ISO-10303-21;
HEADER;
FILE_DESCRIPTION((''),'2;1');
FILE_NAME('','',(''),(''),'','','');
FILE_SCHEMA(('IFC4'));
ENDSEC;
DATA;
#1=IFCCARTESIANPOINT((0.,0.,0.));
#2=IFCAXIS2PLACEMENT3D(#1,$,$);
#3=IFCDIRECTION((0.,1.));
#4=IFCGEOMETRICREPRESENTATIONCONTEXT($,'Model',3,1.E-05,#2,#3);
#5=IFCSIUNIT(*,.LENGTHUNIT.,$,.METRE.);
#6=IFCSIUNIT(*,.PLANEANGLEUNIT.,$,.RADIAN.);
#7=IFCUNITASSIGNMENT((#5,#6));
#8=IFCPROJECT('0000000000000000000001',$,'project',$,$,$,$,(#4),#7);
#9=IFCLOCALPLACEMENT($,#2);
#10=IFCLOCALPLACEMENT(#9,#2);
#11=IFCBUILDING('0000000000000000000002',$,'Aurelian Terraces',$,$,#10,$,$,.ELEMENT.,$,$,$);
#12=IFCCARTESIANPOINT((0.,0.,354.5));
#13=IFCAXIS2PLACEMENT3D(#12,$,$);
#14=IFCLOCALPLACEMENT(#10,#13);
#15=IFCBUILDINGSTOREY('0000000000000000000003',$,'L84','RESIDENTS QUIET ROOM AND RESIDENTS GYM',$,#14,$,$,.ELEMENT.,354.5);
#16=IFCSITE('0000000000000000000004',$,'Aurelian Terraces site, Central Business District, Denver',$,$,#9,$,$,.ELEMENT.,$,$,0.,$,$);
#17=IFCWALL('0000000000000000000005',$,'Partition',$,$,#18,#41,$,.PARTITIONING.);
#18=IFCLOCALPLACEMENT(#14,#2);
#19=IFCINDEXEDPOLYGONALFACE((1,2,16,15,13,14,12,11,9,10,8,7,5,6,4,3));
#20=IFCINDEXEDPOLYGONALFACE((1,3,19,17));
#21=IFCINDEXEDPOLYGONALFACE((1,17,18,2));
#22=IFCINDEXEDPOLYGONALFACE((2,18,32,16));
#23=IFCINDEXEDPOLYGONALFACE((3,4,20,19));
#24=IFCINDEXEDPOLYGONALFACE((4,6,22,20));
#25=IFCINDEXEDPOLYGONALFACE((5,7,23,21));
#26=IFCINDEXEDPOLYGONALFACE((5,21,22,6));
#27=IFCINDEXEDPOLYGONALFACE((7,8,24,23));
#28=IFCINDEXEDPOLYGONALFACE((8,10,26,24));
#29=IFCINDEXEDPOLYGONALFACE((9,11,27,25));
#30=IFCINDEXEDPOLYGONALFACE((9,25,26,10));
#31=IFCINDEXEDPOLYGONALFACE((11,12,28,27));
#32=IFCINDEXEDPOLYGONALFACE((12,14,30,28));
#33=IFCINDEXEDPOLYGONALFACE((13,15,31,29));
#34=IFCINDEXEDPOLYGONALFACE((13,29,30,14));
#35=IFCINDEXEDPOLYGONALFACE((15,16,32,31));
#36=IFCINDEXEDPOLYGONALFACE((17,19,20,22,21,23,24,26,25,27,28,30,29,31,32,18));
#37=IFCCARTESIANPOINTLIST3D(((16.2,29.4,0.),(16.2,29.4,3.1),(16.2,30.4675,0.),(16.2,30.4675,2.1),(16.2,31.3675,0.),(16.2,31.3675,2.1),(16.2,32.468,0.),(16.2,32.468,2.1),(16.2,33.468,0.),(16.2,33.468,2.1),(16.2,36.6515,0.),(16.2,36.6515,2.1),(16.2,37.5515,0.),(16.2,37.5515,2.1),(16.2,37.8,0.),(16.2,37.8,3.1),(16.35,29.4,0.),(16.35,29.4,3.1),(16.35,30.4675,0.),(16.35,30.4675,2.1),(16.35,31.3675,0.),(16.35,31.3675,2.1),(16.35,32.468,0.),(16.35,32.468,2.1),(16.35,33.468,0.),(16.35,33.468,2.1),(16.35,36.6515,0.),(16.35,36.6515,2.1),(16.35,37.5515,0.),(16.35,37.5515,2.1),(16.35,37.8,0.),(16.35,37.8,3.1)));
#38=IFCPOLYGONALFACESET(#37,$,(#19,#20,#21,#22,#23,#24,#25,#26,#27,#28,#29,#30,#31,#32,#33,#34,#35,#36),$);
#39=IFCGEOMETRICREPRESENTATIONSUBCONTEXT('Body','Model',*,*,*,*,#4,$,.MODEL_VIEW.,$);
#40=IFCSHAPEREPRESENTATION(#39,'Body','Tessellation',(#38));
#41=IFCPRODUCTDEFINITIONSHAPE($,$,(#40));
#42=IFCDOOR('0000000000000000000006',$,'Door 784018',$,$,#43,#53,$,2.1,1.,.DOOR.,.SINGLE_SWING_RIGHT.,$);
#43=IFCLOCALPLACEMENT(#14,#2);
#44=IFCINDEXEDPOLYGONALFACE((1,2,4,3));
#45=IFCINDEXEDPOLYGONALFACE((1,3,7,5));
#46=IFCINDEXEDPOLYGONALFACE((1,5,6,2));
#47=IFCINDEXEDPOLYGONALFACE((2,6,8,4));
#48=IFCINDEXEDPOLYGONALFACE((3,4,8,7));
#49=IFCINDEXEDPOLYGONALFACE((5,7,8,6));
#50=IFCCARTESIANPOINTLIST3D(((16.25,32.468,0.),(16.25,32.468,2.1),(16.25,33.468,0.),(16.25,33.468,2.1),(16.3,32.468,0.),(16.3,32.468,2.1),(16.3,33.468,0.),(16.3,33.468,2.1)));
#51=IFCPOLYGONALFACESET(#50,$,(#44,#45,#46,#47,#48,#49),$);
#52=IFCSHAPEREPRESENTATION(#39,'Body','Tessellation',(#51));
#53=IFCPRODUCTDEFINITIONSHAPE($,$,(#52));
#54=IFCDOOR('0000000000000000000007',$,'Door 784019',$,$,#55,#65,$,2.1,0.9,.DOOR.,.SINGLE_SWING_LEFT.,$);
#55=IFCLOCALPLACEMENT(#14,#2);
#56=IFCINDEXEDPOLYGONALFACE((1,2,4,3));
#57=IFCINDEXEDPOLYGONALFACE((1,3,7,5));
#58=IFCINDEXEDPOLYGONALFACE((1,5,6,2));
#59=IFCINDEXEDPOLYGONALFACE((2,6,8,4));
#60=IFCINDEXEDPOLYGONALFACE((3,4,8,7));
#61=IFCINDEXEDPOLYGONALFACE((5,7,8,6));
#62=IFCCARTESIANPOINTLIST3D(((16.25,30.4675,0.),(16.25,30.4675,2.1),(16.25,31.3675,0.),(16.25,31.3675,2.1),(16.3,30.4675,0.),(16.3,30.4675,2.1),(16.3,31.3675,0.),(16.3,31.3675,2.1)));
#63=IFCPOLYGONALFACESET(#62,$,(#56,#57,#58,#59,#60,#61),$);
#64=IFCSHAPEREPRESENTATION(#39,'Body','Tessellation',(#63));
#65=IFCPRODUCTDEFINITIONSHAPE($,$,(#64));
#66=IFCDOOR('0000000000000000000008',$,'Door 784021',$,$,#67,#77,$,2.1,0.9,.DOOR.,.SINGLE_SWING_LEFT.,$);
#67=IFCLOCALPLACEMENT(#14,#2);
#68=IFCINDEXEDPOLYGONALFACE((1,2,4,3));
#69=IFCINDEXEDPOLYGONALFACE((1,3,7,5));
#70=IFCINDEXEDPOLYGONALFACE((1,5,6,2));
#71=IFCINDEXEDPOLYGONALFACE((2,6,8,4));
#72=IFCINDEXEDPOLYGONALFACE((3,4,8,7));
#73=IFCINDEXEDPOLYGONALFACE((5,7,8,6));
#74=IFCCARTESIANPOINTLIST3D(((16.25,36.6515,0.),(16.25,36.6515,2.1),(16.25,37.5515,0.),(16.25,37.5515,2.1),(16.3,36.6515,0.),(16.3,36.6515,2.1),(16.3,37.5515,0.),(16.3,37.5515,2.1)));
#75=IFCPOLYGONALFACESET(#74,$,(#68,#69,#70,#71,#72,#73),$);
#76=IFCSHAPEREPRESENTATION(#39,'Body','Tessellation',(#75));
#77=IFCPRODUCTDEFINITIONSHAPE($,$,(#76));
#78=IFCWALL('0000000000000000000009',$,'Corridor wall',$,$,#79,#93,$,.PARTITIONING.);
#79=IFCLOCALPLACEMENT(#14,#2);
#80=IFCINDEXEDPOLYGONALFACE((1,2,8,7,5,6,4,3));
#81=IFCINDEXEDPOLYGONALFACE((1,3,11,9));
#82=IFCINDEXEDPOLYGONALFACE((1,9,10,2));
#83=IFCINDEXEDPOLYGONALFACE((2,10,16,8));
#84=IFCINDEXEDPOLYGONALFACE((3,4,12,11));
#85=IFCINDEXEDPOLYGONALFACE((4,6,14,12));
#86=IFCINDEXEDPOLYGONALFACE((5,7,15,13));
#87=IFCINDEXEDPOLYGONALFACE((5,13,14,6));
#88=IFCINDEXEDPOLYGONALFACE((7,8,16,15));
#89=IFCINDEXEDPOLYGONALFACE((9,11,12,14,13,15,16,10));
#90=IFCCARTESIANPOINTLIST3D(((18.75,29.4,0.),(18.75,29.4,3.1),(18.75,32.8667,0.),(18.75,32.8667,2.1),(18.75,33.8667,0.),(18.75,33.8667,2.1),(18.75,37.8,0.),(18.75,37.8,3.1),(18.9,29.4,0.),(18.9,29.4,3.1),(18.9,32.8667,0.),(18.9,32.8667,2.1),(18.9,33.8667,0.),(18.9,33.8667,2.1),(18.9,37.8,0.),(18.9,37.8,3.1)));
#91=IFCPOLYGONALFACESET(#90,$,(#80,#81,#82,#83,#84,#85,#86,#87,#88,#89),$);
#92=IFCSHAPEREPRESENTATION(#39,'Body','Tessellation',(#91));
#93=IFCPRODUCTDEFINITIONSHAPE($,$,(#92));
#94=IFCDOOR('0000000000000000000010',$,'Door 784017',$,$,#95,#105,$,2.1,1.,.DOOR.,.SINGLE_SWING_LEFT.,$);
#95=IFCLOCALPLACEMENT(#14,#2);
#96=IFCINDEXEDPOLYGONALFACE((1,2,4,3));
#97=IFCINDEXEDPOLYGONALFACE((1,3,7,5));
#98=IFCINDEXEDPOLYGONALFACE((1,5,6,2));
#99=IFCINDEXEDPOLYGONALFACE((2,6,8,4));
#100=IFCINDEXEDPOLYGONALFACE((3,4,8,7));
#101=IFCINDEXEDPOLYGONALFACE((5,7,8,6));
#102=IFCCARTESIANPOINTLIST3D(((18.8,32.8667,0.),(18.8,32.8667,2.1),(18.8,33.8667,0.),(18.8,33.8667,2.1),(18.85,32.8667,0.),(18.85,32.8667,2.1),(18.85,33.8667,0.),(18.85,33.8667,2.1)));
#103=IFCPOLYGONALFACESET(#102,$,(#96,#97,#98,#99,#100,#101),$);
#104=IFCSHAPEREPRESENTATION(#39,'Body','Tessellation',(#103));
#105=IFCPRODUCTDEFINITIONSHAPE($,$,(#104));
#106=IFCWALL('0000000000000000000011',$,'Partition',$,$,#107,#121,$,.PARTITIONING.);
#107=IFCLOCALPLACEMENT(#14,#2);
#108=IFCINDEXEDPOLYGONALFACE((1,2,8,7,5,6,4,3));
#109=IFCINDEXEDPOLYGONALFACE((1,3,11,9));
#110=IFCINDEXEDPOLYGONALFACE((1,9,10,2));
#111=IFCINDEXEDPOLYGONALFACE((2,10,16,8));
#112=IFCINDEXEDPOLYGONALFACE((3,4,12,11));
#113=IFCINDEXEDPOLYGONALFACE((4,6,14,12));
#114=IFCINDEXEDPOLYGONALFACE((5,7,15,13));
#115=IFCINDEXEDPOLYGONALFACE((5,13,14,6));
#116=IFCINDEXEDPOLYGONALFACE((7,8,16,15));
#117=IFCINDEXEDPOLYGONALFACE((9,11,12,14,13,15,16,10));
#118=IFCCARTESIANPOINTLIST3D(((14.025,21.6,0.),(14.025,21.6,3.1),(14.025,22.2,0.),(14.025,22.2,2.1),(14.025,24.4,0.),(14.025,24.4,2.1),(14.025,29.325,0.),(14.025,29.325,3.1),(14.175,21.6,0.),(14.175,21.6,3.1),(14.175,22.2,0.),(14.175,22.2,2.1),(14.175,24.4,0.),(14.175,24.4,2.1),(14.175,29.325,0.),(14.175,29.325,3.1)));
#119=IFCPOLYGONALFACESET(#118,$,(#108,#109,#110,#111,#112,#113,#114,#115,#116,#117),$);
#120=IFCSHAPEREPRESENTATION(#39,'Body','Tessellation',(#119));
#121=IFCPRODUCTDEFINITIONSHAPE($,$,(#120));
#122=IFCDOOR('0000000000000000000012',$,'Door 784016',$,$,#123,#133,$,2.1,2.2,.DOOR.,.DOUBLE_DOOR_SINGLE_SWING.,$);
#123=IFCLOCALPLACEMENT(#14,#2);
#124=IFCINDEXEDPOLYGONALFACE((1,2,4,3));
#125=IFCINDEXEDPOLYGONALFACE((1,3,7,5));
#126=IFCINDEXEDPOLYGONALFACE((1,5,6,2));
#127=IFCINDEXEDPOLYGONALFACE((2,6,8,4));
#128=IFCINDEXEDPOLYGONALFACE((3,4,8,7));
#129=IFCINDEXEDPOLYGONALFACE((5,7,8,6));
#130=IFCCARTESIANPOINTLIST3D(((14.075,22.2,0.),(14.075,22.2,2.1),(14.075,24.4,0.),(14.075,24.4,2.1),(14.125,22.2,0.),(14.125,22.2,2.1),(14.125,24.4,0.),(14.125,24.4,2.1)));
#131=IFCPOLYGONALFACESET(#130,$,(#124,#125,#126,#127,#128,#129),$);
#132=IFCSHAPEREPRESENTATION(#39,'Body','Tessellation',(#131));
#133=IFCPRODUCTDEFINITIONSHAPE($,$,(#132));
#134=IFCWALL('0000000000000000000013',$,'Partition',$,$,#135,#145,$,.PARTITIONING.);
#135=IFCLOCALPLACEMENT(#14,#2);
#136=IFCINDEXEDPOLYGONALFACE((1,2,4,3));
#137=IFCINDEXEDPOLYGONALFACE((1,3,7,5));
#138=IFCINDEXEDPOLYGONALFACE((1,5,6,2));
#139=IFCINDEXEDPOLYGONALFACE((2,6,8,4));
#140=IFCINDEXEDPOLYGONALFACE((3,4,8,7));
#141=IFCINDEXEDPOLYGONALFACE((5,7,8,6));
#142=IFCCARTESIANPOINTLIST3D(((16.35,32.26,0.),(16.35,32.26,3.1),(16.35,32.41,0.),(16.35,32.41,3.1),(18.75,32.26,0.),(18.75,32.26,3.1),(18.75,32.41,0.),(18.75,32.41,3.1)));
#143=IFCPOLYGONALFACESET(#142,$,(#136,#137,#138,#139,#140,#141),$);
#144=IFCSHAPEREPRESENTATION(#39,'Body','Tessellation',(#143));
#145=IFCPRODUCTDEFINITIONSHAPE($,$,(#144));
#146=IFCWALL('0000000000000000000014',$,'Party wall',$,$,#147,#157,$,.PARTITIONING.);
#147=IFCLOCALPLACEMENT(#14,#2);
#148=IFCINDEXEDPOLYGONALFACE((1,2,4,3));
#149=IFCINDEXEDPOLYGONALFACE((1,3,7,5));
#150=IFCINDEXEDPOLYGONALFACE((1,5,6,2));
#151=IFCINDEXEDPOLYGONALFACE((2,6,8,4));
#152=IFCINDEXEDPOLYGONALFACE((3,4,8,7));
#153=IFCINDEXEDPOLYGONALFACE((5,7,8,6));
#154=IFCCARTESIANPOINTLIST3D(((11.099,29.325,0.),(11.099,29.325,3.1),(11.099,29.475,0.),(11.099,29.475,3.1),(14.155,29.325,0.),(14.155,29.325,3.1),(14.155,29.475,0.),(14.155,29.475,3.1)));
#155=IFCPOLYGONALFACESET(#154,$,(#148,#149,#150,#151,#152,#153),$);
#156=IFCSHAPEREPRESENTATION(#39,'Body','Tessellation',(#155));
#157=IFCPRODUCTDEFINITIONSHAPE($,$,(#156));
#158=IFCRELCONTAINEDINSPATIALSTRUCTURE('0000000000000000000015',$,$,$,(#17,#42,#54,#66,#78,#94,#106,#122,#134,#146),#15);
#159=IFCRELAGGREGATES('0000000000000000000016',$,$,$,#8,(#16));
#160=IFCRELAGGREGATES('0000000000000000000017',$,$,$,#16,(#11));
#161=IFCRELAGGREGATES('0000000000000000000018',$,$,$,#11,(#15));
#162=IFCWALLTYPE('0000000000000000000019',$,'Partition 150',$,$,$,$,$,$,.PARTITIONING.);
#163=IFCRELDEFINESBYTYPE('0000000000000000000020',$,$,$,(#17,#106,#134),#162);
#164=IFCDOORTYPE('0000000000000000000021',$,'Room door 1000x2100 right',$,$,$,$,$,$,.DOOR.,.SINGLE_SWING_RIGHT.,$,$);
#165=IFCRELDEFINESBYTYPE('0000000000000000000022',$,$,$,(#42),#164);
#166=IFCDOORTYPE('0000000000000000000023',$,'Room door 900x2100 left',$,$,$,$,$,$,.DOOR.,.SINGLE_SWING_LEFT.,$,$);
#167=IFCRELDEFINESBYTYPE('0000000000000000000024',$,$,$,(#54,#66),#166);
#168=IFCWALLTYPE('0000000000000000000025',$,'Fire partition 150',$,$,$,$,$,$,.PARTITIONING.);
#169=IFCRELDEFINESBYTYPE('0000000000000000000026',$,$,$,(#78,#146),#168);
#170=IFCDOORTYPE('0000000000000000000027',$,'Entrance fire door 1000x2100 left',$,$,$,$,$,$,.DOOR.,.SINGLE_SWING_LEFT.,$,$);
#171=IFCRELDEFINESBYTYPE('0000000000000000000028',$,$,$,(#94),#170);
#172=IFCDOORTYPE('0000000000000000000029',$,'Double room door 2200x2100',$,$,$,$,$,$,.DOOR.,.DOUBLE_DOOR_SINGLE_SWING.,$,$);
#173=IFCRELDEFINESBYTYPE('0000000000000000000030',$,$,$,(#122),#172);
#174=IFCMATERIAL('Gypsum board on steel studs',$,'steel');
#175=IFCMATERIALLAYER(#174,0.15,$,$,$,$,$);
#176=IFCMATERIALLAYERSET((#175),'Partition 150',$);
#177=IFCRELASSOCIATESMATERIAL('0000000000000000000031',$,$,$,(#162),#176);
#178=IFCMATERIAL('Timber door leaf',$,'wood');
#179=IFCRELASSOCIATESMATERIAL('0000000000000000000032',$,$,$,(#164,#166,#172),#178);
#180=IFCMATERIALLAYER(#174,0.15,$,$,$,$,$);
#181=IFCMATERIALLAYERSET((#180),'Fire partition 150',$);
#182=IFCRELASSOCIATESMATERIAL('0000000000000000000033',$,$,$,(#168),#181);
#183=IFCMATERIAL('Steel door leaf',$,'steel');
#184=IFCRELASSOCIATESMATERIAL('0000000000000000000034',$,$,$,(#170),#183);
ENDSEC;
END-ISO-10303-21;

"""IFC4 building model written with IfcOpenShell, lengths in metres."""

from ifc_helpers import new_model, si_unit, direction, frame, frame_2d, origin, place, context, subcontext, project, spatial, rectangle, extrude, source, transform, mapped, material, layer, layer_set, type_object, element, fill, save


model = new_model("IFC4")

# Units and contexts
model_context = context("Model", 3, precision=1e-05, world=origin(), true_north=direction((0.0, 1.0)))
body_context = subcontext(model_context, "Body", "Model", "MODEL_VIEW")
ifc_project = project(units=[si_unit("LENGTHUNIT", "METRE"), si_unit("PLANEANGLEUNIT", "RADIAN")], contexts=[model_context])

# Site, building, storey
site_placement = place(None, origin())
site = spatial("IfcSite", under=ifc_project, at=site_placement, Name="Aurelian Terraces site, Central Business District, Denver", CompositionType="ELEMENT", RefElevation=0.0)
building_placement = place(site_placement, origin())
building = spatial("IfcBuilding", under=site, at=building_placement, Name="Aurelian Terraces", CompositionType="ELEMENT")
storey_placement = place(building_placement, frame((0.0, 0.0, 354.5)))
storey = spatial("IfcBuildingStorey", under=building, at=storey_placement, Name="L84", Description="RESIDENTS QUIET ROOM AND RESIDENTS GYM", CompositionType="ELEMENT", Elevation=354.5)

# Shared definitions
ifc_material_1 = material(Name="Gypsum board on steel studs", Category="steel")
ifc_layer_1 = layer(ifc_material_1, 0.15)
ifc_layer_set_1 = layer_set([ifc_layer_1], Name="Partition 150")
wall_type_1 = type_object("IfcWallType", Name="Partition 150", PredefinedType="PARTITIONING", material=ifc_layer_set_1)

# Wall, openings, doors
shared_shape_1 = source(origin(), body_context, "Body", "SweptSolid", [
    extrude(rectangle(XDim=8.4, YDim=0.15, at=frame_2d((4.2, 0.0))), origin(), (0.0, 0.0, 1.0), 3.1),
])
wall_1_placement = place(storey_placement, frame((16.275, 29.4, 0.0), z_axis=(0.0, 0.0, 1.0), x_axis=(0.0, 1.0, 0.0)))
wall_1 = element("IfcWall", 1, at=wall_1_placement, inside=storey, type_object=wall_type_1, Name="Partition", PredefinedType="PARTITIONING", context=body_context, shape_type="MappedRepresentation", body=[
    mapped(shared_shape_1, transform((0.0, 0.0, 0.0), scale=1.0)),
])
shared_shape_2 = source(origin(), body_context, "Body", "SweptSolid", [
    extrude(rectangle(XDim=1.0, YDim=2.1, at=frame_2d((0.5, 1.05))), frame((0.0, 0.085, 0.0), z_axis=(0.0, -1.0, 0.0), x_axis=(1.0, 0.0, 0.0)), (0.0, 0.0, 1.0), 0.17),
])
opening_1_placement = place(wall_1_placement, frame((3.068, 0.0, 0.0)))
opening_1 = element("IfcOpeningElement", 2, at=opening_1_placement, cuts=wall_1, PredefinedType="OPENING", context=body_context, shape_type="MappedRepresentation", body=[
    mapped(shared_shape_2, transform((0.0, 0.0, 0.0), scale=1.0)),
])
shared_shape_3 = source(origin(), body_context, "Body", "SweptSolid", [
    extrude(rectangle(XDim=0.9, YDim=2.1, at=frame_2d((0.45, 1.05))), frame((0.0, 0.085, 0.0), z_axis=(0.0, -1.0, 0.0), x_axis=(1.0, 0.0, 0.0)), (0.0, 0.0, 1.0), 0.17),
])
opening_2_placement = place(wall_1_placement, frame((1.0675, 0.0, 0.0)))
opening_2 = element("IfcOpeningElement", 3, at=opening_2_placement, cuts=wall_1, PredefinedType="OPENING", context=body_context, shape_type="MappedRepresentation", body=[
    mapped(shared_shape_3, transform((0.0, 0.0, 0.0), scale=1.0)),
])
opening_3_placement = place(wall_1_placement, frame((7.2515, 0.0, 0.0)))
opening_3 = element("IfcOpeningElement", 4, at=opening_3_placement, cuts=wall_1, PredefinedType="OPENING", context=body_context, shape_type="MappedRepresentation", body=[
    mapped(shared_shape_3, transform((0.0, 0.0, 0.0), scale=1.0)),
])
ifc_material_2 = material(Name="Timber door leaf", Category="wood")
door_type_1 = type_object("IfcDoorType", Name="Room door 1000x2100 right", OperationType="SINGLE_SWING_RIGHT", PredefinedType="DOOR", material=ifc_material_2)
shared_shape_4 = source(origin(), body_context, "Body", "SweptSolid", [
    extrude(rectangle(XDim=1.0, YDim=2.1, at=frame_2d((0.5, 1.05))), frame((0.0, 0.025, 0.0), z_axis=(0.0, -1.0, 0.0), x_axis=(1.0, 0.0, 0.0)), (0.0, 0.0, 1.0), 0.05),
])
door_1_placement = place(opening_1_placement, origin())
door_1 = element("IfcDoor", 5, at=door_1_placement, inside=storey, type_object=door_type_1, Name="Door 784018", OperationType="SINGLE_SWING_RIGHT", OverallHeight=2.1, OverallWidth=1.0, PredefinedType="DOOR", context=body_context, shape_type="MappedRepresentation", body=[
    mapped(shared_shape_4, transform((0.0, 0.0, 0.0), scale=1.0)),
])
fill(opening_1, door_1)
door_type_2 = type_object("IfcDoorType", Name="Room door 900x2100 left", OperationType="SINGLE_SWING_LEFT", PredefinedType="DOOR", material=ifc_material_2)
shared_shape_5 = source(origin(), body_context, "Body", "SweptSolid", [
    extrude(rectangle(XDim=0.9, YDim=2.1, at=frame_2d((0.45, 1.05))), frame((0.0, 0.025, 0.0), z_axis=(0.0, -1.0, 0.0), x_axis=(1.0, 0.0, 0.0)), (0.0, 0.0, 1.0), 0.05),
])
door_2_placement = place(opening_2_placement, origin())
door_2 = element("IfcDoor", 6, at=door_2_placement, inside=storey, type_object=door_type_2, Name="Door 784019", OperationType="SINGLE_SWING_LEFT", OverallHeight=2.1, OverallWidth=0.9, PredefinedType="DOOR", context=body_context, shape_type="MappedRepresentation", body=[
    mapped(shared_shape_5, transform((0.0, 0.0, 0.0), scale=1.0)),
])
fill(opening_2, door_2)
door_3_placement = place(opening_3_placement, origin())
door_3 = element("IfcDoor", 7, at=door_3_placement, inside=storey, type_object=door_type_2, Name="Door 784021", OperationType="SINGLE_SWING_LEFT", OverallHeight=2.1, OverallWidth=0.9, PredefinedType="DOOR", context=body_context, shape_type="MappedRepresentation", body=[
    mapped(shared_shape_5, transform((0.0, 0.0, 0.0), scale=1.0)),
])
fill(opening_3, door_3)

# Walls, openings, doors
ifc_layer_2 = layer(ifc_material_1, 0.15)
ifc_layer_set_2 = layer_set([ifc_layer_2], Name="Fire partition 150")
wall_type_2 = type_object("IfcWallType", Name="Fire partition 150", PredefinedType="PARTITIONING", material=ifc_layer_set_2)
wall_2_placement = place(storey_placement, frame((18.825, 29.4, 0.0), z_axis=(0.0, 0.0, 1.0), x_axis=(0.0, 1.0, 0.0)))
wall_2 = element("IfcWall", 8, at=wall_2_placement, inside=storey, type_object=wall_type_2, Name="Corridor wall", PredefinedType="PARTITIONING", context=body_context, shape_type="MappedRepresentation", body=[
    mapped(shared_shape_1, transform((0.0, 0.0, 0.0), scale=1.0)),
])
opening_4_placement = place(wall_2_placement, frame((3.4667, 0.0, 0.0)))
opening_4 = element("IfcOpeningElement", 9, at=opening_4_placement, cuts=wall_2, PredefinedType="OPENING", context=body_context, shape_type="MappedRepresentation", body=[
    mapped(shared_shape_2, transform((0.0, 0.0, 0.0), scale=1.0)),
])
ifc_material_3 = material(Name="Steel door leaf", Category="steel")
door_type_3 = type_object("IfcDoorType", Name="Entrance fire door 1000x2100 left", OperationType="SINGLE_SWING_LEFT", PredefinedType="DOOR", material=ifc_material_3)
door_4_placement = place(opening_4_placement, origin())
door_4 = element("IfcDoor", 10, at=door_4_placement, inside=storey, type_object=door_type_3, Name="Door 784017", OperationType="SINGLE_SWING_LEFT", OverallHeight=2.1, OverallWidth=1.0, PredefinedType="DOOR", context=body_context, shape_type="MappedRepresentation", body=[
    mapped(shared_shape_4, transform((0.0, 0.0, 0.0), scale=1.0)),
])
fill(opening_4, door_4)
shared_shape_6 = source(origin(), body_context, "Body", "SweptSolid", [
    extrude(rectangle(XDim=7.725, YDim=0.15, at=frame_2d((3.8625, 0.0))), origin(), (0.0, 0.0, 1.0), 3.1),
])
wall_3_placement = place(storey_placement, frame((14.1, 29.325, 0.0), z_axis=(0.0, 0.0, 1.0), x_axis=(0.0, -1.0, 0.0)))
wall_3 = element("IfcWall", 11, at=wall_3_placement, inside=storey, type_object=wall_type_1, Name="Partition", PredefinedType="PARTITIONING", context=body_context, shape_type="MappedRepresentation", body=[
    mapped(shared_shape_6, transform((0.0, 0.0, 0.0), scale=1.0)),
])
shared_shape_7 = source(origin(), body_context, "Body", "SweptSolid", [
    extrude(rectangle(XDim=2.2, YDim=2.1, at=frame_2d((1.1, 1.05))), frame((0.0, 0.085, 0.0), z_axis=(0.0, -1.0, 0.0), x_axis=(1.0, 0.0, 0.0)), (0.0, 0.0, 1.0), 0.17),
])
opening_5_placement = place(wall_3_placement, frame((4.925, 0.0, 0.0)))
opening_5 = element("IfcOpeningElement", 12, at=opening_5_placement, cuts=wall_3, PredefinedType="OPENING", context=body_context, shape_type="MappedRepresentation", body=[
    mapped(shared_shape_7, transform((0.0, 0.0, 0.0), scale=1.0)),
])
door_type_4 = type_object("IfcDoorType", Name="Double room door 2200x2100", OperationType="DOUBLE_DOOR_SINGLE_SWING", PredefinedType="DOOR", material=ifc_material_2)
shared_shape_8 = source(origin(), body_context, "Body", "SweptSolid", [
    extrude(rectangle(XDim=2.2, YDim=2.1, at=frame_2d((1.1, 1.05))), frame((0.0, 0.025, 0.0), z_axis=(0.0, -1.0, 0.0), x_axis=(1.0, 0.0, 0.0)), (0.0, 0.0, 1.0), 0.05),
])
door_5_placement = place(opening_5_placement, origin())
door_5 = element("IfcDoor", 13, at=door_5_placement, inside=storey, type_object=door_type_4, Name="Door 784016", OperationType="DOUBLE_DOOR_SINGLE_SWING", OverallHeight=2.1, OverallWidth=2.2, PredefinedType="DOOR", context=body_context, shape_type="MappedRepresentation", body=[
    mapped(shared_shape_8, transform((0.0, 0.0, 0.0), scale=1.0)),
])
fill(opening_5, door_5)

# Walls
shared_shape_9 = source(origin(), body_context, "Body", "SweptSolid", [
    extrude(rectangle(XDim=2.4, YDim=0.15, at=frame_2d((1.2, 0.0))), origin(), (0.0, 0.0, 1.0), 3.1),
])
wall_4_placement = place(storey_placement, frame((18.75, 32.335, 0.0), z_axis=(0.0, 0.0, 1.0), x_axis=(-1.0, 0.0, 0.0)))
element("IfcWall", 14, at=wall_4_placement, inside=storey, type_object=wall_type_1, Name="Partition", PredefinedType="PARTITIONING", context=body_context, shape_type="MappedRepresentation", body=[
    mapped(shared_shape_9, transform((0.0, 0.0, 0.0), scale=1.0)),
])
shared_shape_10 = source(origin(), body_context, "Body", "SweptSolid", [
    extrude(rectangle(XDim=3.056, YDim=0.15, at=frame_2d((1.528, 0.0))), origin(), (0.0, 0.0, 1.0), 3.1),
])
wall_5_placement = place(storey_placement, frame((14.155, 29.4, 0.0), z_axis=(0.0, 0.0, 1.0), x_axis=(-1.0, 0.0, 0.0)))
element("IfcWall", 15, at=wall_5_placement, inside=storey, type_object=wall_type_2, Name="Party wall", PredefinedType="PARTITIONING", context=body_context, shape_type="MappedRepresentation", body=[
    mapped(shared_shape_10, transform((0.0, 0.0, 0.0), scale=1.0)),
])

save(model, "model.ifc")
